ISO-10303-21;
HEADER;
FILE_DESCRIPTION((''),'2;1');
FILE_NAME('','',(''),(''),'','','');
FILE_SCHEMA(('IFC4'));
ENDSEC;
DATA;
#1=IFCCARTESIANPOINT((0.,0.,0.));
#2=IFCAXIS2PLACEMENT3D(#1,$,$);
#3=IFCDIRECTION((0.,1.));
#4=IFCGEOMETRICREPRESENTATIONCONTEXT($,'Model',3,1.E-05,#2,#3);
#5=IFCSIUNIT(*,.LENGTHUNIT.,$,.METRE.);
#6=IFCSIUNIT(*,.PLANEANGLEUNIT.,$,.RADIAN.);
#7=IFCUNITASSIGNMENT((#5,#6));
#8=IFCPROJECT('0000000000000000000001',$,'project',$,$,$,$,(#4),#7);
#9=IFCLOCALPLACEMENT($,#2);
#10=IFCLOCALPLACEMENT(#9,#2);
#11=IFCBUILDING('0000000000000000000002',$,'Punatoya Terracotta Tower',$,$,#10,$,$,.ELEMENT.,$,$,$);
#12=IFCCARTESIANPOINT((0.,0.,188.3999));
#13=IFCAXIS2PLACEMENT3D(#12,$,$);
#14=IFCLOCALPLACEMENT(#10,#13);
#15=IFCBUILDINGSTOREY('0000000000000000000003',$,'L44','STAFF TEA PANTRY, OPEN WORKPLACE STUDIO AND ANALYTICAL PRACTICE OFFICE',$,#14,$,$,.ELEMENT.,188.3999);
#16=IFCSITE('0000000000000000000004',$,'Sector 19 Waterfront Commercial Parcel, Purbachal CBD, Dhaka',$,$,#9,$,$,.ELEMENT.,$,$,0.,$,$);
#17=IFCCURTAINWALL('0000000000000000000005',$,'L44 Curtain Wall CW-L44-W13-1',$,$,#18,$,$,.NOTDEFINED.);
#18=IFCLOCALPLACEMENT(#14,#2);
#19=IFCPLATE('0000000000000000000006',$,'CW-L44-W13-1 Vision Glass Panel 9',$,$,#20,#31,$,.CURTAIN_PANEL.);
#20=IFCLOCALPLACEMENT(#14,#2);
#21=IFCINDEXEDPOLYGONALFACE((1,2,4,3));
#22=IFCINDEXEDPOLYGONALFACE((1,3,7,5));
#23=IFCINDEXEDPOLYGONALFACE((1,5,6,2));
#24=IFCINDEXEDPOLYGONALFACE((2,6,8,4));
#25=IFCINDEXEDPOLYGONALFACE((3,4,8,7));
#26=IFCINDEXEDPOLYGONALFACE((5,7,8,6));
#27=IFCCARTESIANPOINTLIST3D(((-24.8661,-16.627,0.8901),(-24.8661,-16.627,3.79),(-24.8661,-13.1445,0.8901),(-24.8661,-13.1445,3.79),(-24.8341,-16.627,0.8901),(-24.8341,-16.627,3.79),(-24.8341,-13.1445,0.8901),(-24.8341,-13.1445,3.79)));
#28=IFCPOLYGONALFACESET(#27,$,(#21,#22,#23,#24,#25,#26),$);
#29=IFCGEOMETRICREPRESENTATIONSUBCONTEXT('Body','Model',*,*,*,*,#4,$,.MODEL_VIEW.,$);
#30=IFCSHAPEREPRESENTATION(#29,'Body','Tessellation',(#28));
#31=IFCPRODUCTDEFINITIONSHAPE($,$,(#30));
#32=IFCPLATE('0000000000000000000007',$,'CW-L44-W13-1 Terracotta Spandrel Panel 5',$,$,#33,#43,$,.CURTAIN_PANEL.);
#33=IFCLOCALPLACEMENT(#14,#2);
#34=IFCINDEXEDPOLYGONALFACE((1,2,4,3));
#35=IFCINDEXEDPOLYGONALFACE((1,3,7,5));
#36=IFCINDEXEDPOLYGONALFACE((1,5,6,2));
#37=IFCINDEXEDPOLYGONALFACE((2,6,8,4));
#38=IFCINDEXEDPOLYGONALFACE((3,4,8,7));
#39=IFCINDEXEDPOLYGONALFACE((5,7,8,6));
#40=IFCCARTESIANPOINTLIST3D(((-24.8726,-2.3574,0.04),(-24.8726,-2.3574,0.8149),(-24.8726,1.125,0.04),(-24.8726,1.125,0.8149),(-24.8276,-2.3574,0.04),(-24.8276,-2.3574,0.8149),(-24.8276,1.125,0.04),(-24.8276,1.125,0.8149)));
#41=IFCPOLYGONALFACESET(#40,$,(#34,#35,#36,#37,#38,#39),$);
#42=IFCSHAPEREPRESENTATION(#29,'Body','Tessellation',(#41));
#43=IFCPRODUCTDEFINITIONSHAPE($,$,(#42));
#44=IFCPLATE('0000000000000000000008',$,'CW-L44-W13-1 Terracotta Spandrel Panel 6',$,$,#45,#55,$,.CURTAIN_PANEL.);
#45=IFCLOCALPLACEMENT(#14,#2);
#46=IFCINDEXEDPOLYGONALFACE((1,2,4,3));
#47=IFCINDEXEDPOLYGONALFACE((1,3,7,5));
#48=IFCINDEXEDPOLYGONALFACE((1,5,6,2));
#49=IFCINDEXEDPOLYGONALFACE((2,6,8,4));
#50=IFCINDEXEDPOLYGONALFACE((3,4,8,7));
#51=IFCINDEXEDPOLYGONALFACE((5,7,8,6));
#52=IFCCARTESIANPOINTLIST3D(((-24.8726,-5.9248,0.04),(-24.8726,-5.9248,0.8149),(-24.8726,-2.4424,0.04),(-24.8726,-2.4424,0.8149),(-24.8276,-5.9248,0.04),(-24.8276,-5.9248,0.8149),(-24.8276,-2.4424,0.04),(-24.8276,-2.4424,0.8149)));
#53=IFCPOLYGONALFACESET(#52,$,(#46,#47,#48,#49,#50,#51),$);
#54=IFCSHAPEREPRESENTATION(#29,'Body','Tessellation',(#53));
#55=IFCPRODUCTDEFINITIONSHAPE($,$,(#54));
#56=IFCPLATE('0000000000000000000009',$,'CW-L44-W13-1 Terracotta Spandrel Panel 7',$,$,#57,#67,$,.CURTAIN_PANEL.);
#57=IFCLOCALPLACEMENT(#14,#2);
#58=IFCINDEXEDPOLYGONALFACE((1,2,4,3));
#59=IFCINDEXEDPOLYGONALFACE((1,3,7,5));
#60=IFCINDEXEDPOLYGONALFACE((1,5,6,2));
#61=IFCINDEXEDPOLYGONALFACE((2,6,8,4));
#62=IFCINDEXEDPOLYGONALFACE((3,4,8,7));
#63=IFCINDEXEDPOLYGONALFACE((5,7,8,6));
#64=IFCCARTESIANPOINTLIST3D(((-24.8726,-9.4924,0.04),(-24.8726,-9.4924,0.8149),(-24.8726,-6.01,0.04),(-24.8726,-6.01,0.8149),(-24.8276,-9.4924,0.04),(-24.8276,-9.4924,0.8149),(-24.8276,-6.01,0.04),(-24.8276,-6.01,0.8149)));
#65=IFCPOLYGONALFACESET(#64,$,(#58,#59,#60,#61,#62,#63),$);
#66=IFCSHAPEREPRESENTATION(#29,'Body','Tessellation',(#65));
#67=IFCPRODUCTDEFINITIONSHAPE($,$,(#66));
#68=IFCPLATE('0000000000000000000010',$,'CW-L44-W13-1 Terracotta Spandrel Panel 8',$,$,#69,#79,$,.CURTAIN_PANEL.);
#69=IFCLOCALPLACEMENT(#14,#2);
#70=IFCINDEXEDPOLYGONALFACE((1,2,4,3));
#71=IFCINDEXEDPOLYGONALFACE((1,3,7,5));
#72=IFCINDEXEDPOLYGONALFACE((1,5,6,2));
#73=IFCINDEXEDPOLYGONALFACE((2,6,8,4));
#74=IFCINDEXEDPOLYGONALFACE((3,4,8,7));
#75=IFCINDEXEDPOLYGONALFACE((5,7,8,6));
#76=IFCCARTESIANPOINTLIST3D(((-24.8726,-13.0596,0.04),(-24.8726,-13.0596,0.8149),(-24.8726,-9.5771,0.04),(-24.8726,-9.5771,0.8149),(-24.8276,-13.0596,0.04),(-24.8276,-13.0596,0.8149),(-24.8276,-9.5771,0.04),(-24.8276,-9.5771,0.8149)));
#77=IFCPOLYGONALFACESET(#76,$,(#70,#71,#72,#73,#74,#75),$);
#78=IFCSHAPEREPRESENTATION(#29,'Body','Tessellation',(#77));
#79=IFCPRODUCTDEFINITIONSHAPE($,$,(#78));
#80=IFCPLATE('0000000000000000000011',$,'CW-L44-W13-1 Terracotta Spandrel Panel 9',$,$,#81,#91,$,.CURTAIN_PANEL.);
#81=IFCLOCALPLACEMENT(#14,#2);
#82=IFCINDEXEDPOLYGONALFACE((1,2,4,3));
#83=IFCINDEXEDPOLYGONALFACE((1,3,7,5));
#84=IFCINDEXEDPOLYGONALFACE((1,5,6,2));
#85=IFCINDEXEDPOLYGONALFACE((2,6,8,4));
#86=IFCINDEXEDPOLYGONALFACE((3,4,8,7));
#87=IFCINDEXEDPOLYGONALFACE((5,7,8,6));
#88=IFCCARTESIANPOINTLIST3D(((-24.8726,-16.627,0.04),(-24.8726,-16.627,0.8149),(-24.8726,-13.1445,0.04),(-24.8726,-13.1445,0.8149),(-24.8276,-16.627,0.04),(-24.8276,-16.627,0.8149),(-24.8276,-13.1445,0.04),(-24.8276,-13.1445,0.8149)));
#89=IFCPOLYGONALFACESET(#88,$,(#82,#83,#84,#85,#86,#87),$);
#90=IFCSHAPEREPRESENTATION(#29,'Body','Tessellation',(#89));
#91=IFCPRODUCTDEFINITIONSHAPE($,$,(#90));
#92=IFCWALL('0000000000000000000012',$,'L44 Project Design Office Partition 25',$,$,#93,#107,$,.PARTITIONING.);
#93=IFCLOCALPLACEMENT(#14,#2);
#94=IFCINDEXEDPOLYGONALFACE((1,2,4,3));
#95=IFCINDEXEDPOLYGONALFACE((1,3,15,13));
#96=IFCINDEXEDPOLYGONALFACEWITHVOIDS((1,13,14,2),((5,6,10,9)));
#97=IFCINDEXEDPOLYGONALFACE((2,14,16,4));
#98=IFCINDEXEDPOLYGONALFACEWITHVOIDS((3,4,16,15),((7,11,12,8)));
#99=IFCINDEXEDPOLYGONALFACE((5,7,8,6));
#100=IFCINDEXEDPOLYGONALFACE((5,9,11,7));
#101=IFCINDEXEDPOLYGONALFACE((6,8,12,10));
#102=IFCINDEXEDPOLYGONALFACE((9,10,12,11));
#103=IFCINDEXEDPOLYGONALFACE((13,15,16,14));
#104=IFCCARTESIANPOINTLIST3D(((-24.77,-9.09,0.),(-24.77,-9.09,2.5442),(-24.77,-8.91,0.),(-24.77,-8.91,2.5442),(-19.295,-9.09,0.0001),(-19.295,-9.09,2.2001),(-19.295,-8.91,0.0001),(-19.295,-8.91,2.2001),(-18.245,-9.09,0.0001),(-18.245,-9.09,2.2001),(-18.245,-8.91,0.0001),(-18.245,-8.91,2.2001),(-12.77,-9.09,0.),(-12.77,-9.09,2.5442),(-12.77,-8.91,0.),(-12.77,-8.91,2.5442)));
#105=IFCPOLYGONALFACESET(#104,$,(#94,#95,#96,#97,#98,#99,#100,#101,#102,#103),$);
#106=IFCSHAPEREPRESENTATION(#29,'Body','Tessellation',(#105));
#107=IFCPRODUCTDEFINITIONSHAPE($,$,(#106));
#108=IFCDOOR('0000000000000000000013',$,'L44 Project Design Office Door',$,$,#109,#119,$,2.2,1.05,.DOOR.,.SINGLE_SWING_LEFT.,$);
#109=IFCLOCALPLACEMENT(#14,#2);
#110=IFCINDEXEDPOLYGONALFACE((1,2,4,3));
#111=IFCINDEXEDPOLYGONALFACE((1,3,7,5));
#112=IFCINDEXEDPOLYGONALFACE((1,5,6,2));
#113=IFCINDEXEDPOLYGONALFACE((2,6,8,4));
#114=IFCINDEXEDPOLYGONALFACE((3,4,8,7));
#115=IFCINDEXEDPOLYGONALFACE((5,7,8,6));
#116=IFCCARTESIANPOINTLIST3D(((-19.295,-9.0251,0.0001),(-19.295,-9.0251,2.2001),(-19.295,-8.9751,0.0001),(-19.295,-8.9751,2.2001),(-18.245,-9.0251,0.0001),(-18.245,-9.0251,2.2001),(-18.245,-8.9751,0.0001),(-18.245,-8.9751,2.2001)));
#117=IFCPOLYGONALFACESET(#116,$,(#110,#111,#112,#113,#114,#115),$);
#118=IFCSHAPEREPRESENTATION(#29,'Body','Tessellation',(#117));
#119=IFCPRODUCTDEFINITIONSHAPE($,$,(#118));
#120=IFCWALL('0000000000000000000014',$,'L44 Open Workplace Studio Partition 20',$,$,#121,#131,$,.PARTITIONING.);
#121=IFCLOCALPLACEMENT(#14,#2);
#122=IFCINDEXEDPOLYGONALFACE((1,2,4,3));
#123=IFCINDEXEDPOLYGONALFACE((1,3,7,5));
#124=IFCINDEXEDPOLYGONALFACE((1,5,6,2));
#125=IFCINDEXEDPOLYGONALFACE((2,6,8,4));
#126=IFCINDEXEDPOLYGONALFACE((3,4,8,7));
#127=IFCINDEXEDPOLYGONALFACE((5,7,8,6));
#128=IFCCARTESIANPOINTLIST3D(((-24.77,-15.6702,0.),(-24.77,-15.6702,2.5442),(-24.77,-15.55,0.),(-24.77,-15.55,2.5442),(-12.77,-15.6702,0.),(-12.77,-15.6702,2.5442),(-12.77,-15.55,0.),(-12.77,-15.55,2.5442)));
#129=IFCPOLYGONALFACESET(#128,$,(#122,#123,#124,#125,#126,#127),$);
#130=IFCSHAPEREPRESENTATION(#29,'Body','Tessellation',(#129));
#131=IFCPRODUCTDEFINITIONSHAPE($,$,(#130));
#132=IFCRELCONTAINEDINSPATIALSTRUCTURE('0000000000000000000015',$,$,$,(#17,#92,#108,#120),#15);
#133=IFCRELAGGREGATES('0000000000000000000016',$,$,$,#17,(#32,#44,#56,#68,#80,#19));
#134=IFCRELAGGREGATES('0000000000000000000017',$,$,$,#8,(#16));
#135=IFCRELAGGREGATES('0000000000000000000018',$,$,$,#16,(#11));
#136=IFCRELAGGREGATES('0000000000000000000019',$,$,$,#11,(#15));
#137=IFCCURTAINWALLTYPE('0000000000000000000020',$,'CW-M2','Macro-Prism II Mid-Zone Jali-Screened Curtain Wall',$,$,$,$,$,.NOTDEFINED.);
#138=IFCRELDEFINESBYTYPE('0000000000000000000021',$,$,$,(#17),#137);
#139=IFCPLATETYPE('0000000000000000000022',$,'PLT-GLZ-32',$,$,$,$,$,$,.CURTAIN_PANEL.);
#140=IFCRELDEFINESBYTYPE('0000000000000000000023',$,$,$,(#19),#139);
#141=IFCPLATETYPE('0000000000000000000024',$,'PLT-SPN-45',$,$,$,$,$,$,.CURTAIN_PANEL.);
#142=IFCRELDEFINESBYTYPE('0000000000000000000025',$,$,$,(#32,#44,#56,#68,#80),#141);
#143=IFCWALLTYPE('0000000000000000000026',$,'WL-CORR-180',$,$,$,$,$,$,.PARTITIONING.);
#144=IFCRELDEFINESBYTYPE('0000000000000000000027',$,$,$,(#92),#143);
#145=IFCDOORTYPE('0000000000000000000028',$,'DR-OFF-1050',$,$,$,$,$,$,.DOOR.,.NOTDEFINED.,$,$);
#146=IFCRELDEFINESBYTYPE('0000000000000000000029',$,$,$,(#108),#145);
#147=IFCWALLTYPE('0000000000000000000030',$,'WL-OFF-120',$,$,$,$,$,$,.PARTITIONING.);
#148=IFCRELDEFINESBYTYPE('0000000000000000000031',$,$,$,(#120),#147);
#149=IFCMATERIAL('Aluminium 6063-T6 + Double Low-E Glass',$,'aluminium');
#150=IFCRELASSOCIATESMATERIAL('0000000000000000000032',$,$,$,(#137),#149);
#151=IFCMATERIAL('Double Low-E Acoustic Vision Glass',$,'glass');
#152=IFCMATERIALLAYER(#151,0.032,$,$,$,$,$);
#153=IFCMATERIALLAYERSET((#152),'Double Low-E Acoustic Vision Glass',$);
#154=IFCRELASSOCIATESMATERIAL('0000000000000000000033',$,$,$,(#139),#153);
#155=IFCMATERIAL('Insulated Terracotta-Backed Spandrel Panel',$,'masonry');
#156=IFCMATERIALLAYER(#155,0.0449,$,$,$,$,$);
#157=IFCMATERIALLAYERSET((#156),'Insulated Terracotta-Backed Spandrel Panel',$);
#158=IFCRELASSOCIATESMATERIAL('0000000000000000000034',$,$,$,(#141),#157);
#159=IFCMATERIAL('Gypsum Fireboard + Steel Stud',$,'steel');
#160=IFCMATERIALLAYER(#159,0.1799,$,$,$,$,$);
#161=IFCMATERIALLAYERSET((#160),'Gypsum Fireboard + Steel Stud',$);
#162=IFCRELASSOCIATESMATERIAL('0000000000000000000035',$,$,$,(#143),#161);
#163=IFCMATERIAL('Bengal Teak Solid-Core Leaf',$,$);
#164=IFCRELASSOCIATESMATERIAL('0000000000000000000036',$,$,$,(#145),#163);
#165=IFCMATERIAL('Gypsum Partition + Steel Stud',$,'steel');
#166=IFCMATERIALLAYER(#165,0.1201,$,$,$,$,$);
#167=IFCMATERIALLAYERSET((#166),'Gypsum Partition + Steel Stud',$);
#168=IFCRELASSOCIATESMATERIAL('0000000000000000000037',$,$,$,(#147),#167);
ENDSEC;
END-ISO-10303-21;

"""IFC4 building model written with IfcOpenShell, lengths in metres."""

from ifc_helpers import new_model, si_unit, direction, frame, frame_2d, origin, origin_2d, place, context, subcontext, project, spatial, rectangle, extrude, material, layer, layer_set, type_object, element, fill, aggregate, save


model = new_model("IFC4")

# Units and contexts
model_context = context("Model", 3, precision=1e-05, world=origin(), true_north=direction((0.0, 1.0)))
body_context = subcontext(model_context, "Body", "Model", "MODEL_VIEW")
ifc_project = project(units=[si_unit("LENGTHUNIT", "METRE"), si_unit("PLANEANGLEUNIT", "RADIAN")], contexts=[model_context])

# Site, building, storey
site_placement = place(None, origin())
site = spatial("IfcSite", under=ifc_project, at=site_placement, Name="Sector 19 Waterfront Commercial Parcel, Purbachal CBD, Dhaka", CompositionType="ELEMENT", RefElevation=0.0)
building_placement = place(site_placement, origin())
building = spatial("IfcBuilding", under=site, at=building_placement, Name="Punatoya Terracotta Tower", CompositionType="ELEMENT")
storey_placement = place(building_placement, frame((0.0, 0.0, 188.3999)))
storey = spatial("IfcBuildingStorey", under=building, at=storey_placement, Name="L44", Description="STAFF TEA PANTRY, OPEN WORKPLACE STUDIO AND ANALYTICAL PRACTICE OFFICE", CompositionType="ELEMENT", Elevation=188.3999)

# Curtain wall, plates
ifc_material_1 = material(Name="Aluminium 6063-T6 + Double Low-E Glass", Category="aluminium")
curtain_wall_type = type_object("IfcCurtainWallType", Name="CW-M2", Description="Macro-Prism II Mid-Zone Jali-Screened Curtain Wall", PredefinedType="NOTDEFINED", material=ifc_material_1)
curtain_wall_placement = place(storey_placement, origin())
curtain_wall = element("IfcCurtainWall", 1, at=curtain_wall_placement, inside=storey, type_object=curtain_wall_type, Name="L44 Curtain Wall CW-L44-W13-1", PredefinedType="NOTDEFINED")
ifc_material_2 = material(Name="Double Low-E Acoustic Vision Glass", Category="glass")
ifc_layer_1 = layer(ifc_material_2, 0.032)
ifc_layer_set_1 = layer_set([ifc_layer_1], Name="Double Low-E Acoustic Vision Glass")
plate_type_1 = type_object("IfcPlateType", Name="PLT-GLZ-32", PredefinedType="CURTAIN_PANEL", material=ifc_layer_set_1)
plate_1_placement = place(storey_placement, frame((-24.8501, -14.8857, 0.8901), z_axis=(0.0, 0.0, 1.0), x_axis=(0.0, -1.0, 0.0)))
plate_1 = element("IfcPlate", 2, at=plate_1_placement, type_object=plate_type_1, Name="CW-L44-W13-1 Vision Glass Panel 9", PredefinedType="CURTAIN_PANEL", context=body_context, shape_type="SweptSolid", body=[
    extrude(rectangle(XDim=3.4824, YDim=0.032, at=origin_2d()), origin(), (0.0, 0.0, 1.0), 2.8999),
])
ifc_material_3 = material(Name="Insulated Terracotta-Backed Spandrel Panel", Category="masonry")
ifc_layer_2 = layer(ifc_material_3, 0.0449)
ifc_layer_set_2 = layer_set([ifc_layer_2], Name="Insulated Terracotta-Backed Spandrel Panel")
plate_type_2 = type_object("IfcPlateType", Name="PLT-SPN-45", PredefinedType="CURTAIN_PANEL", material=ifc_layer_set_2)
plate_2_placement = place(storey_placement, frame((-24.8501, -0.6162, 0.04), z_axis=(0.0, 0.0, 1.0), x_axis=(0.0, -1.0, 0.0)))
plate_2 = element("IfcPlate", 3, at=plate_2_placement, type_object=plate_type_2, Name="CW-L44-W13-1 Terracotta Spandrel Panel 5", PredefinedType="CURTAIN_PANEL", context=body_context, shape_type="SweptSolid", body=[
    extrude(rectangle(XDim=3.4824, YDim=0.0449, at=origin_2d()), origin(), (0.0, 0.0, 1.0), 0.7749),
])
plate_3_placement = place(storey_placement, frame((-24.8501, -4.1836, 0.04), z_axis=(0.0, 0.0, 1.0), x_axis=(0.0, -1.0, 0.0)))
plate_3 = element("IfcPlate", 4, at=plate_3_placement, type_object=plate_type_2, Name="CW-L44-W13-1 Terracotta Spandrel Panel 6", PredefinedType="CURTAIN_PANEL", context=body_context, shape_type="SweptSolid", body=[
    extrude(rectangle(XDim=3.4824, YDim=0.0449, at=origin_2d()), origin(), (0.0, 0.0, 1.0), 0.7749),
])
plate_4_placement = place(storey_placement, frame((-24.8501, -7.7512, 0.04), z_axis=(0.0, 0.0, 1.0), x_axis=(0.0, -1.0, 0.0)))
plate_4 = element("IfcPlate", 5, at=plate_4_placement, type_object=plate_type_2, Name="CW-L44-W13-1 Terracotta Spandrel Panel 7", PredefinedType="CURTAIN_PANEL", context=body_context, shape_type="SweptSolid", body=[
    extrude(rectangle(XDim=3.4824, YDim=0.0449, at=origin_2d()), origin(), (0.0, 0.0, 1.0), 0.7749),
])
plate_5_placement = place(storey_placement, frame((-24.8501, -11.3184, 0.04), z_axis=(0.0, 0.0, 1.0), x_axis=(0.0, -1.0, 0.0)))
plate_5 = element("IfcPlate", 6, at=plate_5_placement, type_object=plate_type_2, Name="CW-L44-W13-1 Terracotta Spandrel Panel 8", PredefinedType="CURTAIN_PANEL", context=body_context, shape_type="SweptSolid", body=[
    extrude(rectangle(XDim=3.4824, YDim=0.0449, at=origin_2d()), origin(), (0.0, 0.0, 1.0), 0.7749),
])
plate_6_placement = place(storey_placement, frame((-24.8501, -14.8857, 0.04), z_axis=(0.0, 0.0, 1.0), x_axis=(0.0, -1.0, 0.0)))
plate_6 = element("IfcPlate", 7, at=plate_6_placement, type_object=plate_type_2, Name="CW-L44-W13-1 Terracotta Spandrel Panel 9", PredefinedType="CURTAIN_PANEL", context=body_context, shape_type="SweptSolid", body=[
    extrude(rectangle(XDim=3.4824, YDim=0.0449, at=origin_2d()), origin(), (0.0, 0.0, 1.0), 0.7749),
])
aggregate(curtain_wall, [plate_2, plate_3, plate_4, plate_5, plate_6, plate_1])

# Wall, opening, door
ifc_material_4 = material(Name="Gypsum Fireboard + Steel Stud", Category="steel")
ifc_layer_3 = layer(ifc_material_4, 0.1799)
ifc_layer_set_3 = layer_set([ifc_layer_3], Name="Gypsum Fireboard + Steel Stud")
wall_type_1 = type_object("IfcWallType", Name="WL-CORR-180", PredefinedType="PARTITIONING", material=ifc_layer_set_3)
wall_1_placement = place(storey_placement, frame((-24.77, -9.0, 0.0), z_axis=(0.0, 0.0, 1.0), x_axis=(1.0, 0.0, 0.0)))
wall_1 = element("IfcWall", 8, at=wall_1_placement, inside=storey, type_object=wall_type_1, Name="L44 Project Design Office Partition 25", PredefinedType="PARTITIONING", context=body_context, shape_type="SweptSolid", body=[
    extrude(rectangle(XDim=12.0, YDim=0.1799, at=frame_2d((6.0, 0.0))), origin(), (0.0, 0.0, 1.0), 2.5442),
])
opening_placement = place(wall_1_placement, frame((5.4751, 0.0, 0.0)))
opening = element("IfcOpeningElement", 9, at=opening_placement, cuts=wall_1, PredefinedType="OPENING", context=body_context, shape_type="SweptSolid", body=[
    extrude(rectangle(XDim=1.05, YDim=2.2, at=frame_2d((0.5249, 1.1001))), frame((0.0, 0.0999, 0.0), z_axis=(0.0, -1.0, 0.0), x_axis=(1.0, 0.0, 0.0)), (0.0, 0.0, 1.0), 0.2),
])
ifc_material_5 = material(Name="Bengal Teak Solid-Core Leaf")
door_type = type_object("IfcDoorType", Name="DR-OFF-1050", OperationType="NOTDEFINED", PredefinedType="DOOR", material=ifc_material_5)
door_placement = place(opening_placement, origin())
door = element("IfcDoor", 10, at=door_placement, inside=storey, type_object=door_type, Name="L44 Project Design Office Door", OperationType="SINGLE_SWING_LEFT", OverallHeight=2.2, OverallWidth=1.05, PredefinedType="DOOR", context=body_context, shape_type="SweptSolid", body=[
    extrude(rectangle(XDim=1.05, YDim=2.2, at=frame_2d((0.5249, 1.1001))), frame((0.0, 0.0249, 0.0), z_axis=(0.0, -1.0, 0.0), x_axis=(1.0, 0.0, 0.0)), (0.0, 0.0, 1.0), 0.05),
])
fill(opening, door)

# Wall
ifc_material_6 = material(Name="Gypsum Partition + Steel Stud", Category="steel")
ifc_layer_4 = layer(ifc_material_6, 0.1201)
ifc_layer_set_4 = layer_set([ifc_layer_4], Name="Gypsum Partition + Steel Stud")
wall_type_2 = type_object("IfcWallType", Name="WL-OFF-120", PredefinedType="PARTITIONING", material=ifc_layer_set_4)
wall_2_placement = place(storey_placement, frame((-24.77, -15.6101, 0.0), z_axis=(0.0, 0.0, 1.0), x_axis=(1.0, 0.0, 0.0)))
element("IfcWall", 11, at=wall_2_placement, inside=storey, type_object=wall_type_2, Name="L44 Open Workplace Studio Partition 20", PredefinedType="PARTITIONING", context=body_context, shape_type="SweptSolid", body=[
    extrude(rectangle(XDim=12.0, YDim=0.1201, at=frame_2d((6.0, 0.0))), origin(), (0.0, 0.0, 1.0), 2.5442),
])

save(model, "model.ifc")
